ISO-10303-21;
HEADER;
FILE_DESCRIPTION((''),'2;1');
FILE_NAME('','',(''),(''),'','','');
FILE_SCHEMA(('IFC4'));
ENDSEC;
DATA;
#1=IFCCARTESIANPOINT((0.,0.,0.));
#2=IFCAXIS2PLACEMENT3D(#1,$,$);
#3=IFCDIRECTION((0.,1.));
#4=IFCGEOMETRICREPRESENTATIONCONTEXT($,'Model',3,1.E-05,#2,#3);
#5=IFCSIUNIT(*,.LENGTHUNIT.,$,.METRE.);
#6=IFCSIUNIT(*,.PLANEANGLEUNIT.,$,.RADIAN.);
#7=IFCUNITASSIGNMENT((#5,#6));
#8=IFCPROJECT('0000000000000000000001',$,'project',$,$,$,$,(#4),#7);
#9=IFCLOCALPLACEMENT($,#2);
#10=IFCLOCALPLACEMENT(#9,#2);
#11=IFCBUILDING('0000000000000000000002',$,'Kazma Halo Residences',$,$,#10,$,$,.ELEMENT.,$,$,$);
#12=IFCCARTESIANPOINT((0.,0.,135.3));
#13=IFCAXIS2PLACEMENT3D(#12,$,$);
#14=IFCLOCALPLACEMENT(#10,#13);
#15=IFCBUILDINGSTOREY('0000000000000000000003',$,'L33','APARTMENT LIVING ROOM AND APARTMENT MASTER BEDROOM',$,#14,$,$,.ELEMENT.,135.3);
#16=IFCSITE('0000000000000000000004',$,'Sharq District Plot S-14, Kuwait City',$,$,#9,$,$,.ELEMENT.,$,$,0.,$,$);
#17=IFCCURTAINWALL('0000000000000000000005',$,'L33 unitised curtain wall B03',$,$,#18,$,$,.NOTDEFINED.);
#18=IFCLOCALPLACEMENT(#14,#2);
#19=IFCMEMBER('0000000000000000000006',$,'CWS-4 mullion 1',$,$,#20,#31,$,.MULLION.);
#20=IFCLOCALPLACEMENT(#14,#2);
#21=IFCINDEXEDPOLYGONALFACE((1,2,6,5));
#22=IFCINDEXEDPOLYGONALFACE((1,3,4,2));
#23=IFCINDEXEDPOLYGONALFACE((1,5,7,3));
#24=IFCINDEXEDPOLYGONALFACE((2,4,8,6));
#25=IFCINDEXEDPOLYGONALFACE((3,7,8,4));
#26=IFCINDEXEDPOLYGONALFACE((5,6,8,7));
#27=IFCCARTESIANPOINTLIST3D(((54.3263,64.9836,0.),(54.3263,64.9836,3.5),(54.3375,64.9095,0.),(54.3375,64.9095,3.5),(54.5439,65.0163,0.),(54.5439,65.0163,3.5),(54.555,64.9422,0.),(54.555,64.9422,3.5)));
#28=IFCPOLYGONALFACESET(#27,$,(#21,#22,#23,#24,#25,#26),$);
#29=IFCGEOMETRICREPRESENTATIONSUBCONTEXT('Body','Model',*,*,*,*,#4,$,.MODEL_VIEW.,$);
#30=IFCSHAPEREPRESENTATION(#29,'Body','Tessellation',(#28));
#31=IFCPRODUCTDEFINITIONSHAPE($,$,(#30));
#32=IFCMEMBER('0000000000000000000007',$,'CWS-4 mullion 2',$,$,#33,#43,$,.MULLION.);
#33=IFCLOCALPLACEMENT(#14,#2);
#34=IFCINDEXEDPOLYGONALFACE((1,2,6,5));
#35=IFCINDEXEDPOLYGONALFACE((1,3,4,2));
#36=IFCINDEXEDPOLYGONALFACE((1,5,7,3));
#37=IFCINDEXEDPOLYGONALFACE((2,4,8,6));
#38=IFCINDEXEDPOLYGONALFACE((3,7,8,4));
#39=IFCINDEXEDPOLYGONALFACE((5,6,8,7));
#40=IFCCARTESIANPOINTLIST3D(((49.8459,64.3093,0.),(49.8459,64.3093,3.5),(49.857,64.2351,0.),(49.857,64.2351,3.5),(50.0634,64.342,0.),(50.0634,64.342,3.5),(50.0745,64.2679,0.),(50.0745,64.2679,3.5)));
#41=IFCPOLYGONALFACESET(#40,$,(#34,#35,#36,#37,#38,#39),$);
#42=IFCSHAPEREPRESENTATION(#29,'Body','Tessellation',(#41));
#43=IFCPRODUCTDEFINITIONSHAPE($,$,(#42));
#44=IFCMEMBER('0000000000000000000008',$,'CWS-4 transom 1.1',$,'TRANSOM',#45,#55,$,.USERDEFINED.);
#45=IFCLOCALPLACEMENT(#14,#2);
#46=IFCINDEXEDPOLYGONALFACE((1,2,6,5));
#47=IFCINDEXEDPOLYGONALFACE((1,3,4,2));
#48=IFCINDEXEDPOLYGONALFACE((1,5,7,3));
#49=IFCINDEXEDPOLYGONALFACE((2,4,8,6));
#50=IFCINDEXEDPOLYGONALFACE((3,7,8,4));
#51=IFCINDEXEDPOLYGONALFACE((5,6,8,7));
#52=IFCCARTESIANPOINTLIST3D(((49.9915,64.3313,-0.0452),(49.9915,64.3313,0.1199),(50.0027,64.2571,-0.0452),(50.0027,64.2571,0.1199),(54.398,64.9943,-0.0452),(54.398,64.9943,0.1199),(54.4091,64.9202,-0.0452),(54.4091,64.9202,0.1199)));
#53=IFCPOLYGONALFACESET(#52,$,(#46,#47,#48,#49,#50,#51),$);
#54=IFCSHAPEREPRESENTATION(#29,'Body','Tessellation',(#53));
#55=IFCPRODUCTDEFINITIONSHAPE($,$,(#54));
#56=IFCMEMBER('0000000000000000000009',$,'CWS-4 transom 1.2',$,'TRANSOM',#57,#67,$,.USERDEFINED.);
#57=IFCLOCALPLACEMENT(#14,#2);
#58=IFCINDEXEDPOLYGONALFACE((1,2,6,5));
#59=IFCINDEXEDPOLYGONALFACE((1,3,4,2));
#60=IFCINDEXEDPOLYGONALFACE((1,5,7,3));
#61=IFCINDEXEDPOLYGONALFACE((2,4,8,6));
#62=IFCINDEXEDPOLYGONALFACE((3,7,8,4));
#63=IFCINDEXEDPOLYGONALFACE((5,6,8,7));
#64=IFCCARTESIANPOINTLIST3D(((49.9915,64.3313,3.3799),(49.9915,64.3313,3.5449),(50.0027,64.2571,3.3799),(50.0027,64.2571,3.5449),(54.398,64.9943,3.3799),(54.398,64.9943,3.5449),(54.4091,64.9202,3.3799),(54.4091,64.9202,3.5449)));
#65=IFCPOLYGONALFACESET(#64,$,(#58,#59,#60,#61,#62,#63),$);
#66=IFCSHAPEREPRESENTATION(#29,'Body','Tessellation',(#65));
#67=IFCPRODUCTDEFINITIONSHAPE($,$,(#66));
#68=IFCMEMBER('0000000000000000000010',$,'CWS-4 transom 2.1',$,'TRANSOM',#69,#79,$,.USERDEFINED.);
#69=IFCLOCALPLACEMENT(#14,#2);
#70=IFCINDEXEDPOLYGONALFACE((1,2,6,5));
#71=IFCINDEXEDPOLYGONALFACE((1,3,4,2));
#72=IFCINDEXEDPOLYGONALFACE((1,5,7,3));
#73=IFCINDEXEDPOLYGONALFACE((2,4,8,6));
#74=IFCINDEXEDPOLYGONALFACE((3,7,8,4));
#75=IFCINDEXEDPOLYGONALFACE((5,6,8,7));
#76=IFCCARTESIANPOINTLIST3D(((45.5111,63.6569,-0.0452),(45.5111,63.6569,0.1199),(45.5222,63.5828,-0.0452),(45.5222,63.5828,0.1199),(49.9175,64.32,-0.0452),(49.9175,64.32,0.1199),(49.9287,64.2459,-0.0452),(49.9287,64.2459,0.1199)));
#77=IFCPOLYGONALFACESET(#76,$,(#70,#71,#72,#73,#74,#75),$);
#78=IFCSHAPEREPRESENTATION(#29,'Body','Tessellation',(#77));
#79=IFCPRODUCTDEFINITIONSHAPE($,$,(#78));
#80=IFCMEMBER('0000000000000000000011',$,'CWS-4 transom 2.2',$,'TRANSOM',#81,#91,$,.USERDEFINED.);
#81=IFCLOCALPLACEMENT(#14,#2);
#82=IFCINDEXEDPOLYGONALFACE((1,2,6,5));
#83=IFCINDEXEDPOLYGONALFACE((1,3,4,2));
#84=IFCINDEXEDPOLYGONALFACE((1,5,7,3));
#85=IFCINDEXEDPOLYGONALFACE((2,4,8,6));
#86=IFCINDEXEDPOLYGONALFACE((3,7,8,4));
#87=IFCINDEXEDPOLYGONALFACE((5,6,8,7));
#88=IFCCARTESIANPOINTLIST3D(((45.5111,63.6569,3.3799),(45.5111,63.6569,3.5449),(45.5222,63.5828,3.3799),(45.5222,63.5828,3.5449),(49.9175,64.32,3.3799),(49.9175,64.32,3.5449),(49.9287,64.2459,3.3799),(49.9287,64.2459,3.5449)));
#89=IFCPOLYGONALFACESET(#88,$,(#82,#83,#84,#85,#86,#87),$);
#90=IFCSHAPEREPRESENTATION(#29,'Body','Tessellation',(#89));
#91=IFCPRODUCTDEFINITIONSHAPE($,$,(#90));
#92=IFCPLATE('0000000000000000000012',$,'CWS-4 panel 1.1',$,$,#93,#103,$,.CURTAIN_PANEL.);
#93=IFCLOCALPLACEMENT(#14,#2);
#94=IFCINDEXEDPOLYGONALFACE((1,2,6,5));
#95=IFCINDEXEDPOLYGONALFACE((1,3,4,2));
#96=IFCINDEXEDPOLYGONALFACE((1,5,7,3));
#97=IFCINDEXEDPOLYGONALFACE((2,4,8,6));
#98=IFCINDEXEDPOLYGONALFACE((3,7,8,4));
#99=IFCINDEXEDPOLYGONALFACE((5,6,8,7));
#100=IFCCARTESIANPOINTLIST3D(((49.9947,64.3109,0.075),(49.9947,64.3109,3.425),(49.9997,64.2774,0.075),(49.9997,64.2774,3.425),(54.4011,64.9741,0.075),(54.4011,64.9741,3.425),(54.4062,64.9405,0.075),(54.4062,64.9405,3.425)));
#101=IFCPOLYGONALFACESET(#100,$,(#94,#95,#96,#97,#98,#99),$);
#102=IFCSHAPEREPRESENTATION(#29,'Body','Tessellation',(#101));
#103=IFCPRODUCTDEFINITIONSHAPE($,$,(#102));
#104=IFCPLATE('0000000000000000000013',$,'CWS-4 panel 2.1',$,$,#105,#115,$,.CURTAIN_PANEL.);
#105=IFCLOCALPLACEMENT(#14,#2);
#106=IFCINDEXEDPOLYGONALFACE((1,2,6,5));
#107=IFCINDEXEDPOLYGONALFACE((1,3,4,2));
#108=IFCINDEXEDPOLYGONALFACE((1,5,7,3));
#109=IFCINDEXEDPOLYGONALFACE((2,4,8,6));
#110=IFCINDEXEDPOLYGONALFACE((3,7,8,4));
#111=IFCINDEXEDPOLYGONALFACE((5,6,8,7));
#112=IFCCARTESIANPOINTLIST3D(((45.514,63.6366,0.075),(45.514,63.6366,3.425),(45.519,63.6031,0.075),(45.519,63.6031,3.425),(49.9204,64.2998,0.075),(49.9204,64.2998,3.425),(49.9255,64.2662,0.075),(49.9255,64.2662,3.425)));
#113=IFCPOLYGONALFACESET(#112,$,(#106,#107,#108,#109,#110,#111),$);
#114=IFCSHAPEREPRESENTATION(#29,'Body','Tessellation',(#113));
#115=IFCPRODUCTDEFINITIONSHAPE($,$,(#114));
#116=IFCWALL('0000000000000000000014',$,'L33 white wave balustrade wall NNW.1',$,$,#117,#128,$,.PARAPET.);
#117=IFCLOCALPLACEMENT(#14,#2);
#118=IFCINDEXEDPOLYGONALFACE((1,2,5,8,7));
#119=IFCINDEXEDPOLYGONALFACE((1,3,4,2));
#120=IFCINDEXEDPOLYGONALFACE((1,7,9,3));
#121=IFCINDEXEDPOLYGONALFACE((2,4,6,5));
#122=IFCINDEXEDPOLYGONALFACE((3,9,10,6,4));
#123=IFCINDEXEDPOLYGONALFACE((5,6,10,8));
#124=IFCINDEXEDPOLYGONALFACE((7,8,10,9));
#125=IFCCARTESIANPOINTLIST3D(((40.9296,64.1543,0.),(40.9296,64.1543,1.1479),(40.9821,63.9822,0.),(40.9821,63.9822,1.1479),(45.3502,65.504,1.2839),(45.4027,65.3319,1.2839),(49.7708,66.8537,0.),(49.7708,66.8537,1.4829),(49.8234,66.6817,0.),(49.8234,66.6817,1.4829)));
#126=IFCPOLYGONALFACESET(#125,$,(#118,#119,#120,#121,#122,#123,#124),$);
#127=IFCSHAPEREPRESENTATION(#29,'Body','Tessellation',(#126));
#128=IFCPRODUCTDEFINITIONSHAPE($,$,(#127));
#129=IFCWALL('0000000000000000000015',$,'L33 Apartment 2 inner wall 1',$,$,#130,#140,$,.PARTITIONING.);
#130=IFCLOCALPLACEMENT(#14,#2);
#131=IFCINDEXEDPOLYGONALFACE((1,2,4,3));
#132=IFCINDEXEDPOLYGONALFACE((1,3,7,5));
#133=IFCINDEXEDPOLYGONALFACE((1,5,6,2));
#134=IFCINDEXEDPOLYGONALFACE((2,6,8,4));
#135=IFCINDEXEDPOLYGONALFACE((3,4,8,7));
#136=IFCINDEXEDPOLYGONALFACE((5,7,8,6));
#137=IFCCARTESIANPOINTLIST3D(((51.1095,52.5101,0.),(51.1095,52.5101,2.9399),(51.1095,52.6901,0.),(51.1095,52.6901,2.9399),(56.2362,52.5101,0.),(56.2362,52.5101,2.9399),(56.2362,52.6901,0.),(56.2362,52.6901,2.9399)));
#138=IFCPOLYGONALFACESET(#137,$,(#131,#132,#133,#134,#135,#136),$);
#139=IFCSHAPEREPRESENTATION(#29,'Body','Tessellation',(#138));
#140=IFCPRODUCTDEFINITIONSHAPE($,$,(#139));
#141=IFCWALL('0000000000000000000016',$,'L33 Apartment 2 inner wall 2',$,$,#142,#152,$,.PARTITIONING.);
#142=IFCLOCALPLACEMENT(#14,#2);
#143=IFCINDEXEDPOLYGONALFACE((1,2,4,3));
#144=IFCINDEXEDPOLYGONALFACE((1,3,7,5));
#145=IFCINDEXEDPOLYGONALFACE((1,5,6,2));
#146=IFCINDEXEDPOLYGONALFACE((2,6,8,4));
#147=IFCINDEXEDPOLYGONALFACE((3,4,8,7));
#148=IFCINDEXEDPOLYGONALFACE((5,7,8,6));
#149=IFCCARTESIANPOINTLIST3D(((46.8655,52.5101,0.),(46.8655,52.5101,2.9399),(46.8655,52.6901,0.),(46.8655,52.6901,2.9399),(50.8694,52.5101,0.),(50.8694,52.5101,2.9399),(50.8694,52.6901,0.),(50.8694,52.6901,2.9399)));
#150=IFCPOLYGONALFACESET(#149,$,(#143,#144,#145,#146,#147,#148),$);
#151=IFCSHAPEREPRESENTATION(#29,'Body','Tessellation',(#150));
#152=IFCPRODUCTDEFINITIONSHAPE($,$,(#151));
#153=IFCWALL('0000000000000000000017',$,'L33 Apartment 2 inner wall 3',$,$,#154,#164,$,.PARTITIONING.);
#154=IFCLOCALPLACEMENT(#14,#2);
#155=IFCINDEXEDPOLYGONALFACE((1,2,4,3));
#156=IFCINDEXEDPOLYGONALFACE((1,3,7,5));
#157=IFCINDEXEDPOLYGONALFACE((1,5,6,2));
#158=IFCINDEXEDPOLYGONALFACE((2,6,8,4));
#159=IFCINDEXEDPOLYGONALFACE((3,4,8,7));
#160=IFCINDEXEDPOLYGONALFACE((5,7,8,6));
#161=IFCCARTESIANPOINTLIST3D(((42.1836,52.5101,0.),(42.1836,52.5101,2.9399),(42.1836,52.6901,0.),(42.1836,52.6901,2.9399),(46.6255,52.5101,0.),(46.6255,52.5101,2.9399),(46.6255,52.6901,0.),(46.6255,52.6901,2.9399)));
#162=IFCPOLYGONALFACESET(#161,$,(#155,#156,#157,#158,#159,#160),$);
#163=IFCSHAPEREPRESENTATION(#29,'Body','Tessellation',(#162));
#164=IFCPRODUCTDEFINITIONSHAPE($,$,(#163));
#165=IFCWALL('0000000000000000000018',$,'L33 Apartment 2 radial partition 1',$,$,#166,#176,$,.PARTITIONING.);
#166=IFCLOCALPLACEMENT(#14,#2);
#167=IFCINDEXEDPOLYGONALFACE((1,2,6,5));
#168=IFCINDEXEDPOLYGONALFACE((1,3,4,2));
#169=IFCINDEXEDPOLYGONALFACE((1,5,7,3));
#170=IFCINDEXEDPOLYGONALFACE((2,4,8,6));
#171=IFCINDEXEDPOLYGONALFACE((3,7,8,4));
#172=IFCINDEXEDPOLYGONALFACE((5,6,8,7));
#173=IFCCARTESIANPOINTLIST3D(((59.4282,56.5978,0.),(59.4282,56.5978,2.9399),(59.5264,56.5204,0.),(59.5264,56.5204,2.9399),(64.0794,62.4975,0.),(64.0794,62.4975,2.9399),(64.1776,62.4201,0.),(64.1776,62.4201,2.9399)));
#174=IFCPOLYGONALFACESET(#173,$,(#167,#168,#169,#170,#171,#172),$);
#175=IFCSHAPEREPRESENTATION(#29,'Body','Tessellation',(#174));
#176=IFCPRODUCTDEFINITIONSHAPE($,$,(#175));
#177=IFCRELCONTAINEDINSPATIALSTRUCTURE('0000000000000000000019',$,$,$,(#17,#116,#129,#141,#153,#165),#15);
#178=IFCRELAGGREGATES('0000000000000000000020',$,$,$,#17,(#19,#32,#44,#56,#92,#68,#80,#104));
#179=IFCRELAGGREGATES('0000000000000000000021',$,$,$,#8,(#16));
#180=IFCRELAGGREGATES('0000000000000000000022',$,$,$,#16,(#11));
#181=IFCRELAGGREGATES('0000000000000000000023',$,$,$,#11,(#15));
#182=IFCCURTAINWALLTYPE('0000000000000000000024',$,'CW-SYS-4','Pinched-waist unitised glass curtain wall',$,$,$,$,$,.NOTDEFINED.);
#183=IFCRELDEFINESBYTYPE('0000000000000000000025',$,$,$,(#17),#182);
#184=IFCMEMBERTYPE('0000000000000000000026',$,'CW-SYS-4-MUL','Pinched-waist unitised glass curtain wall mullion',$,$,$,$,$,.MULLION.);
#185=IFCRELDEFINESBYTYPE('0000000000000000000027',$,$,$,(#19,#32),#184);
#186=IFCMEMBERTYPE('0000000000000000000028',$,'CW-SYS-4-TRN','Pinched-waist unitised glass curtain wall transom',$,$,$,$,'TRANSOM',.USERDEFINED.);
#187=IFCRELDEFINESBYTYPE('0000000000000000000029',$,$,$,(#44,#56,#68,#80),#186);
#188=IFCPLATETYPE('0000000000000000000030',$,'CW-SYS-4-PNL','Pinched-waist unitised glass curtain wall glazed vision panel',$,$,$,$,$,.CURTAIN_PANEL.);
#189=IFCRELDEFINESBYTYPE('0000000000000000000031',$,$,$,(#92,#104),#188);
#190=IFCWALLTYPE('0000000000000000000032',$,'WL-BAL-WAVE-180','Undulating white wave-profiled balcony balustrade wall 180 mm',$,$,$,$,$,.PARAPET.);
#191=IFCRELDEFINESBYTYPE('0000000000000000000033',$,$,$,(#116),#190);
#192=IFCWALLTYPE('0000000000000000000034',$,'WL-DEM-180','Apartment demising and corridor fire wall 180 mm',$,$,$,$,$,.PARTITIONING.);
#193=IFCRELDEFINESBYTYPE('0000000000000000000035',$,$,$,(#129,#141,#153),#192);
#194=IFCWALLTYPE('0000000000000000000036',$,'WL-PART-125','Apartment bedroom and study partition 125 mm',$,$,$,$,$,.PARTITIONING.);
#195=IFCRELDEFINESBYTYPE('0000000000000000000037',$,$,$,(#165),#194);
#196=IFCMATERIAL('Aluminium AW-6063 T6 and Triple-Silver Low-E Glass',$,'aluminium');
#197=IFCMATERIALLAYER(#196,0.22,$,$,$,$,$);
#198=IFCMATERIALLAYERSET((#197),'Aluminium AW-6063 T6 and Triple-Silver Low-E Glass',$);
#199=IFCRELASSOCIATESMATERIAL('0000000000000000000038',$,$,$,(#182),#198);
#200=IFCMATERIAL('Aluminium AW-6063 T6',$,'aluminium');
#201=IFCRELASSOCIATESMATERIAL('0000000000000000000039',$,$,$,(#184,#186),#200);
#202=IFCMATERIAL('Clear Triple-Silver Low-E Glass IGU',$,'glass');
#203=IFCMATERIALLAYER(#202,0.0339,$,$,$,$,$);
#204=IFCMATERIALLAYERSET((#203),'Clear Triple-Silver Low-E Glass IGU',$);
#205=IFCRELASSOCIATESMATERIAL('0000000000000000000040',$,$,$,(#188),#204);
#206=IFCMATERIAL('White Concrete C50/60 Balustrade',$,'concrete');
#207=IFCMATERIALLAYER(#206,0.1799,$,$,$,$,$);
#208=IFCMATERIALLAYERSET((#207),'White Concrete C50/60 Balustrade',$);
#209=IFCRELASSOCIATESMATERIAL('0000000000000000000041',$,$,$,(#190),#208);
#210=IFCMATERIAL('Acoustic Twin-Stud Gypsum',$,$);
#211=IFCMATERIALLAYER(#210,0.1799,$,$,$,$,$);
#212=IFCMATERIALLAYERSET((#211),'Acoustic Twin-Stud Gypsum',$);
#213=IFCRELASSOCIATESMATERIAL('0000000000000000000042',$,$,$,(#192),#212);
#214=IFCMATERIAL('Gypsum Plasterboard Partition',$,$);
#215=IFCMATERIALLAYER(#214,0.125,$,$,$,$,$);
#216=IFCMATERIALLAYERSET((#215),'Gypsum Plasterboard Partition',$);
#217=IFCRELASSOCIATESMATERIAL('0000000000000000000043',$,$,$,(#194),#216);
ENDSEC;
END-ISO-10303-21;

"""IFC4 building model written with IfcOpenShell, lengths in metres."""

from ifc_helpers import new_model, si_unit, direction, frame, frame_2d, origin, origin_2d, place, context, subcontext, project, spatial, polyline, rectangle, outline, extrude, material, layer, layer_set, material_profile, profile_set, type_object, element, aggregate, save


model = new_model("IFC4")

# Units and contexts
model_context = context("Model", 3, precision=1e-05, world=origin(), true_north=direction((0.0, 1.0)))
body_context = subcontext(model_context, "Body", "Model", "MODEL_VIEW")
ifc_project = project(units=[si_unit("LENGTHUNIT", "METRE"), si_unit("PLANEANGLEUNIT", "RADIAN")], contexts=[model_context])

# Site, building, storey
site_placement = place(None, origin())
site = spatial("IfcSite", under=ifc_project, at=site_placement, Name="Sharq District Plot S-14, Kuwait City", CompositionType="ELEMENT", RefElevation=0.0)
building_placement = place(site_placement, origin())
building = spatial("IfcBuilding", under=site, at=building_placement, Name="Kazma Halo Residences", CompositionType="ELEMENT")
storey_placement = place(building_placement, frame((0.0, 0.0, 135.3)))
storey = spatial("IfcBuildingStorey", under=building, at=storey_placement, Name="L33", Description="APARTMENT LIVING ROOM AND APARTMENT MASTER BEDROOM", CompositionType="ELEMENT", Elevation=135.3)

# Curtain wall, members, plates
ifc_material_1 = material(Name="Aluminium AW-6063 T6 and Triple-Silver Low-E Glass", Category="aluminium")
ifc_layer_1 = layer(ifc_material_1, 0.22)
ifc_layer_set_1 = layer_set([ifc_layer_1], Name="Aluminium AW-6063 T6 and Triple-Silver Low-E Glass")
curtain_wall_type = type_object("IfcCurtainWallType", Name="CW-SYS-4", Description="Pinched-waist unitised glass curtain wall", PredefinedType="NOTDEFINED", material=ifc_layer_set_1)
curtain_wall_placement = place(storey_placement, origin())
curtain_wall = element("IfcCurtainWall", 1, at=curtain_wall_placement, inside=storey, type_object=curtain_wall_type, Name="L33 unitised curtain wall B03", PredefinedType="NOTDEFINED")
ifc_material_2 = material(Name="Aluminium AW-6063 T6", Category="aluminium")
ifc_material_profile_1 = material_profile(ifc_material_2, rectangle(XDim=0.075, YDim=0.22, at=origin_2d()), Name="CWM-75x220")
ifc_profile_set_1 = profile_set([ifc_material_profile_1], Name="Aluminium AW-6063 T6")
member_type_1 = type_object("IfcMemberType", Name="CW-SYS-4-MUL", Description="Pinched-waist unitised glass curtain wall mullion", PredefinedType="MULLION", material=ifc_profile_set_1)
member_1_placement = place(storey_placement, frame((54.4407, 64.9629, 0.0), z_axis=(0.0, 0.0, 1.0), x_axis=(0.148821, -0.988864, 0.0)))
member_1 = element("IfcMember", 2, at=member_1_placement, type_object=member_type_1, Name="CWS-4 mullion 1", PredefinedType="MULLION", context=body_context, shape_type="SweptSolid", body=[
    extrude(rectangle(XDim=0.075, YDim=0.22, at=origin_2d()), origin(), (0.0, 0.0, 1.0), 3.5),
])
member_2_placement = place(storey_placement, frame((49.9602, 64.2886, 0.0), z_axis=(0.0, 0.0, 1.0), x_axis=(0.148821, -0.988864, 0.0)))
member_2 = element("IfcMember", 3, at=member_2_placement, type_object=member_type_1, Name="CWS-4 mullion 2", PredefinedType="MULLION", context=body_context, shape_type="SweptSolid", body=[
    extrude(rectangle(XDim=0.075, YDim=0.22, at=origin_2d()), origin(), (0.0, 0.0, 1.0), 3.5),
])
ifc_material_profile_2 = material_profile(ifc_material_2, rectangle(XDim=0.075, YDim=0.165, at=origin_2d()), Name="CWT-75x165")
ifc_profile_set_2 = profile_set([ifc_material_profile_2], Name="Aluminium AW-6063 T6")
member_type_2 = type_object("IfcMemberType", Name="CW-SYS-4-TRN", Description="Pinched-waist unitised glass curtain wall transom", ElementType="TRANSOM", PredefinedType="USERDEFINED", material=ifc_profile_set_2)
member_3_placement = place(storey_placement, frame((54.4036, 64.9573, 0.0374), z_axis=(-0.988867, -0.148804, 0.0), x_axis=(0.148804, -0.988867, 0.0)))
member_3 = element("IfcMember", 4, at=member_3_placement, type_object=member_type_2, Name="CWS-4 transom 1.1", ObjectType="TRANSOM", PredefinedType="USERDEFINED", context=body_context, shape_type="SweptSolid", body=[
    extrude(rectangle(XDim=0.075, YDim=0.165, at=origin_2d()), origin(), (0.0, 0.0, 1.0), 4.4561),
])
member_4_placement = place(storey_placement, frame((54.4036, 64.9573, 3.4624), z_axis=(-0.988867, -0.148804, 0.0), x_axis=(0.148804, -0.988867, 0.0)))
member_4 = element("IfcMember", 5, at=member_4_placement, type_object=member_type_2, Name="CWS-4 transom 1.2", ObjectType="TRANSOM", PredefinedType="USERDEFINED", context=body_context, shape_type="SweptSolid", body=[
    extrude(rectangle(XDim=0.075, YDim=0.165, at=origin_2d()), origin(), (0.0, 0.0, 1.0), 4.4561),
])
member_5_placement = place(storey_placement, frame((49.9231, 64.283, 0.0374), z_axis=(-0.988867, -0.148804, 0.0), x_axis=(0.148804, -0.988867, 0.0)))
member_5 = element("IfcMember", 6, at=member_5_placement, type_object=member_type_2, Name="CWS-4 transom 2.1", ObjectType="TRANSOM", PredefinedType="USERDEFINED", context=body_context, shape_type="SweptSolid", body=[
    extrude(rectangle(XDim=0.075, YDim=0.165, at=origin_2d()), origin(), (0.0, 0.0, 1.0), 4.4561),
])
member_6_placement = place(storey_placement, frame((49.9231, 64.283, 3.4624), z_axis=(-0.988867, -0.148804, 0.0), x_axis=(0.148804, -0.988867, 0.0)))
member_6 = element("IfcMember", 7, at=member_6_placement, type_object=member_type_2, Name="CWS-4 transom 2.2", ObjectType="TRANSOM", PredefinedType="USERDEFINED", context=body_context, shape_type="SweptSolid", body=[
    extrude(rectangle(XDim=0.075, YDim=0.165, at=origin_2d()), origin(), (0.0, 0.0, 1.0), 4.4561),
])
ifc_material_3 = material(Name="Clear Triple-Silver Low-E Glass IGU", Category="glass")
ifc_layer_2 = layer(ifc_material_3, 0.0339)
ifc_layer_set_2 = layer_set([ifc_layer_2], Name="Clear Triple-Silver Low-E Glass IGU")
plate_type = type_object("IfcPlateType", Name="CW-SYS-4-PNL", Description="Pinched-waist unitised glass curtain wall glazed vision panel", PredefinedType="CURTAIN_PANEL", material=ifc_layer_set_2)
plate_1_placement = place(storey_placement, frame((52.2004, 64.6257, 0.075), z_axis=(0.0, 0.0, 1.0), x_axis=(-0.988864, -0.148821, 0.0)))
plate_1 = element("IfcPlate", 8, at=plate_1_placement, type_object=plate_type, Name="CWS-4 panel 1.1", PredefinedType="CURTAIN_PANEL", context=body_context, shape_type="SweptSolid", body=[
    extrude(rectangle(XDim=4.4561, YDim=0.0339, at=origin_2d()), origin(), (0.0, 0.0, 1.0), 3.3501),
])
plate_2_placement = place(storey_placement, frame((47.7197, 63.9514, 0.075), z_axis=(0.0, 0.0, 1.0), x_axis=(-0.988864, -0.148821, 0.0)))
plate_2 = element("IfcPlate", 9, at=plate_2_placement, type_object=plate_type, Name="CWS-4 panel 2.1", PredefinedType="CURTAIN_PANEL", context=body_context, shape_type="SweptSolid", body=[
    extrude(rectangle(XDim=4.4561, YDim=0.0339, at=origin_2d()), origin(), (0.0, 0.0, 1.0), 3.3501),
])
aggregate(curtain_wall, [member_1, member_2, member_3, member_4, plate_1, member_5, member_6, plate_2])

# Walls
ifc_material_4 = material(Name="White Concrete C50/60 Balustrade", Category="concrete")
ifc_layer_3 = layer(ifc_material_4, 0.1799)
ifc_layer_set_3 = layer_set([ifc_layer_3], Name="White Concrete C50/60 Balustrade")
wall_type_1 = type_object("IfcWallType", Name="WL-BAL-WAVE-180", Description="Undulating white wave-profiled balcony balustrade wall 180 mm", PredefinedType="PARAPET", material=ifc_layer_set_3)
wall_1_placement = place(storey_placement, frame((49.7971, 66.7676, 0.0), z_axis=(0.0, 0.0, 1.0), x_axis=(-0.956413, -0.292016, 0.0)))
element("IfcWall", 10, at=wall_1_placement, inside=storey, type_object=wall_type_1, Name="L33 white wave balustrade wall NNW.1", PredefinedType="PARAPET", context=body_context, shape_type="SweptSolid", body=[
    extrude(outline(polyline([(0.0, 0.0), (9.2441, 0.0), (9.2441, 1.1479), (4.6221, 1.2839), (0.0, 1.4829), (0.0, 0.0)])), frame((0.0, 0.0898, 0.0), z_axis=(0.0, -1.0, 0.0), x_axis=(1.0, 0.0, 0.0)), (0.0, 0.0, 1.0), 0.1799),
])
ifc_material_5 = material(Name="Acoustic Twin-Stud Gypsum")
ifc_layer_4 = layer(ifc_material_5, 0.1799)
ifc_layer_set_4 = layer_set([ifc_layer_4], Name="Acoustic Twin-Stud Gypsum")
wall_type_2 = type_object("IfcWallType", Name="WL-DEM-180", Description="Apartment demising and corridor fire wall 180 mm", PredefinedType="PARTITIONING", material=ifc_layer_set_4)
wall_2_placement = place(storey_placement, frame((56.2363, 52.6001, 0.0), z_axis=(0.0, 0.0, 1.0), x_axis=(-1.0, 0.0, 0.0)))
element("IfcWall", 11, at=wall_2_placement, inside=storey, type_object=wall_type_2, Name="L33 Apartment 2 inner wall 1", PredefinedType="PARTITIONING", context=body_context, shape_type="SweptSolid", body=[
    extrude(rectangle(XDim=5.1267, YDim=0.1799, at=frame_2d((2.5635, 0.0))), origin(), (0.0, 0.0, 1.0), 2.9399),
])
wall_3_placement = place(storey_placement, frame((50.8694, 52.6001, 0.0), z_axis=(0.0, 0.0, 1.0), x_axis=(-1.0, 0.0, 0.0)))
element("IfcWall", 12, at=wall_3_placement, inside=storey, type_object=wall_type_2, Name="L33 Apartment 2 inner wall 2", PredefinedType="PARTITIONING", context=body_context, shape_type="SweptSolid", body=[
    extrude(rectangle(XDim=4.0039, YDim=0.1799, at=frame_2d((2.002, 0.0))), origin(), (0.0, 0.0, 1.0), 2.9399),
])
wall_4_placement = place(storey_placement, frame((46.6255, 52.6001, 0.0), z_axis=(0.0, 0.0, 1.0), x_axis=(-1.0, 0.0, 0.0)))
element("IfcWall", 13, at=wall_4_placement, inside=storey, type_object=wall_type_2, Name="L33 Apartment 2 inner wall 3", PredefinedType="PARTITIONING", context=body_context, shape_type="SweptSolid", body=[
    extrude(rectangle(XDim=4.4419, YDim=0.1799, at=frame_2d((2.2209, 0.0))), origin(), (0.0, 0.0, 1.0), 2.9399),
])
ifc_material_6 = material(Name="Gypsum Plasterboard Partition")
ifc_layer_5 = layer(ifc_material_6, 0.125)
ifc_layer_set_5 = layer_set([ifc_layer_5], Name="Gypsum Plasterboard Partition")
wall_type_3 = type_object("IfcWallType", Name="WL-PART-125", Description="Apartment bedroom and study partition 125 mm", PredefinedType="PARTITIONING", material=ifc_layer_set_5)
wall_5_placement = place(storey_placement, frame((59.4773, 56.5591, 0.0), z_axis=(0.0, 0.0, 1.0), x_axis=(0.619111, 0.785303, 0.0)))
element("IfcWall", 14, at=wall_5_placement, inside=storey, type_object=wall_type_3, Name="L33 Apartment 2 radial partition 1", PredefinedType="PARTITIONING", context=body_context, shape_type="SweptSolid", body=[
    extrude(rectangle(XDim=7.5127, YDim=0.125, at=frame_2d((3.7563, 0.0))), origin(), (0.0, 0.0, 1.0), 2.9399),
])

save(model, "model.ifc")
